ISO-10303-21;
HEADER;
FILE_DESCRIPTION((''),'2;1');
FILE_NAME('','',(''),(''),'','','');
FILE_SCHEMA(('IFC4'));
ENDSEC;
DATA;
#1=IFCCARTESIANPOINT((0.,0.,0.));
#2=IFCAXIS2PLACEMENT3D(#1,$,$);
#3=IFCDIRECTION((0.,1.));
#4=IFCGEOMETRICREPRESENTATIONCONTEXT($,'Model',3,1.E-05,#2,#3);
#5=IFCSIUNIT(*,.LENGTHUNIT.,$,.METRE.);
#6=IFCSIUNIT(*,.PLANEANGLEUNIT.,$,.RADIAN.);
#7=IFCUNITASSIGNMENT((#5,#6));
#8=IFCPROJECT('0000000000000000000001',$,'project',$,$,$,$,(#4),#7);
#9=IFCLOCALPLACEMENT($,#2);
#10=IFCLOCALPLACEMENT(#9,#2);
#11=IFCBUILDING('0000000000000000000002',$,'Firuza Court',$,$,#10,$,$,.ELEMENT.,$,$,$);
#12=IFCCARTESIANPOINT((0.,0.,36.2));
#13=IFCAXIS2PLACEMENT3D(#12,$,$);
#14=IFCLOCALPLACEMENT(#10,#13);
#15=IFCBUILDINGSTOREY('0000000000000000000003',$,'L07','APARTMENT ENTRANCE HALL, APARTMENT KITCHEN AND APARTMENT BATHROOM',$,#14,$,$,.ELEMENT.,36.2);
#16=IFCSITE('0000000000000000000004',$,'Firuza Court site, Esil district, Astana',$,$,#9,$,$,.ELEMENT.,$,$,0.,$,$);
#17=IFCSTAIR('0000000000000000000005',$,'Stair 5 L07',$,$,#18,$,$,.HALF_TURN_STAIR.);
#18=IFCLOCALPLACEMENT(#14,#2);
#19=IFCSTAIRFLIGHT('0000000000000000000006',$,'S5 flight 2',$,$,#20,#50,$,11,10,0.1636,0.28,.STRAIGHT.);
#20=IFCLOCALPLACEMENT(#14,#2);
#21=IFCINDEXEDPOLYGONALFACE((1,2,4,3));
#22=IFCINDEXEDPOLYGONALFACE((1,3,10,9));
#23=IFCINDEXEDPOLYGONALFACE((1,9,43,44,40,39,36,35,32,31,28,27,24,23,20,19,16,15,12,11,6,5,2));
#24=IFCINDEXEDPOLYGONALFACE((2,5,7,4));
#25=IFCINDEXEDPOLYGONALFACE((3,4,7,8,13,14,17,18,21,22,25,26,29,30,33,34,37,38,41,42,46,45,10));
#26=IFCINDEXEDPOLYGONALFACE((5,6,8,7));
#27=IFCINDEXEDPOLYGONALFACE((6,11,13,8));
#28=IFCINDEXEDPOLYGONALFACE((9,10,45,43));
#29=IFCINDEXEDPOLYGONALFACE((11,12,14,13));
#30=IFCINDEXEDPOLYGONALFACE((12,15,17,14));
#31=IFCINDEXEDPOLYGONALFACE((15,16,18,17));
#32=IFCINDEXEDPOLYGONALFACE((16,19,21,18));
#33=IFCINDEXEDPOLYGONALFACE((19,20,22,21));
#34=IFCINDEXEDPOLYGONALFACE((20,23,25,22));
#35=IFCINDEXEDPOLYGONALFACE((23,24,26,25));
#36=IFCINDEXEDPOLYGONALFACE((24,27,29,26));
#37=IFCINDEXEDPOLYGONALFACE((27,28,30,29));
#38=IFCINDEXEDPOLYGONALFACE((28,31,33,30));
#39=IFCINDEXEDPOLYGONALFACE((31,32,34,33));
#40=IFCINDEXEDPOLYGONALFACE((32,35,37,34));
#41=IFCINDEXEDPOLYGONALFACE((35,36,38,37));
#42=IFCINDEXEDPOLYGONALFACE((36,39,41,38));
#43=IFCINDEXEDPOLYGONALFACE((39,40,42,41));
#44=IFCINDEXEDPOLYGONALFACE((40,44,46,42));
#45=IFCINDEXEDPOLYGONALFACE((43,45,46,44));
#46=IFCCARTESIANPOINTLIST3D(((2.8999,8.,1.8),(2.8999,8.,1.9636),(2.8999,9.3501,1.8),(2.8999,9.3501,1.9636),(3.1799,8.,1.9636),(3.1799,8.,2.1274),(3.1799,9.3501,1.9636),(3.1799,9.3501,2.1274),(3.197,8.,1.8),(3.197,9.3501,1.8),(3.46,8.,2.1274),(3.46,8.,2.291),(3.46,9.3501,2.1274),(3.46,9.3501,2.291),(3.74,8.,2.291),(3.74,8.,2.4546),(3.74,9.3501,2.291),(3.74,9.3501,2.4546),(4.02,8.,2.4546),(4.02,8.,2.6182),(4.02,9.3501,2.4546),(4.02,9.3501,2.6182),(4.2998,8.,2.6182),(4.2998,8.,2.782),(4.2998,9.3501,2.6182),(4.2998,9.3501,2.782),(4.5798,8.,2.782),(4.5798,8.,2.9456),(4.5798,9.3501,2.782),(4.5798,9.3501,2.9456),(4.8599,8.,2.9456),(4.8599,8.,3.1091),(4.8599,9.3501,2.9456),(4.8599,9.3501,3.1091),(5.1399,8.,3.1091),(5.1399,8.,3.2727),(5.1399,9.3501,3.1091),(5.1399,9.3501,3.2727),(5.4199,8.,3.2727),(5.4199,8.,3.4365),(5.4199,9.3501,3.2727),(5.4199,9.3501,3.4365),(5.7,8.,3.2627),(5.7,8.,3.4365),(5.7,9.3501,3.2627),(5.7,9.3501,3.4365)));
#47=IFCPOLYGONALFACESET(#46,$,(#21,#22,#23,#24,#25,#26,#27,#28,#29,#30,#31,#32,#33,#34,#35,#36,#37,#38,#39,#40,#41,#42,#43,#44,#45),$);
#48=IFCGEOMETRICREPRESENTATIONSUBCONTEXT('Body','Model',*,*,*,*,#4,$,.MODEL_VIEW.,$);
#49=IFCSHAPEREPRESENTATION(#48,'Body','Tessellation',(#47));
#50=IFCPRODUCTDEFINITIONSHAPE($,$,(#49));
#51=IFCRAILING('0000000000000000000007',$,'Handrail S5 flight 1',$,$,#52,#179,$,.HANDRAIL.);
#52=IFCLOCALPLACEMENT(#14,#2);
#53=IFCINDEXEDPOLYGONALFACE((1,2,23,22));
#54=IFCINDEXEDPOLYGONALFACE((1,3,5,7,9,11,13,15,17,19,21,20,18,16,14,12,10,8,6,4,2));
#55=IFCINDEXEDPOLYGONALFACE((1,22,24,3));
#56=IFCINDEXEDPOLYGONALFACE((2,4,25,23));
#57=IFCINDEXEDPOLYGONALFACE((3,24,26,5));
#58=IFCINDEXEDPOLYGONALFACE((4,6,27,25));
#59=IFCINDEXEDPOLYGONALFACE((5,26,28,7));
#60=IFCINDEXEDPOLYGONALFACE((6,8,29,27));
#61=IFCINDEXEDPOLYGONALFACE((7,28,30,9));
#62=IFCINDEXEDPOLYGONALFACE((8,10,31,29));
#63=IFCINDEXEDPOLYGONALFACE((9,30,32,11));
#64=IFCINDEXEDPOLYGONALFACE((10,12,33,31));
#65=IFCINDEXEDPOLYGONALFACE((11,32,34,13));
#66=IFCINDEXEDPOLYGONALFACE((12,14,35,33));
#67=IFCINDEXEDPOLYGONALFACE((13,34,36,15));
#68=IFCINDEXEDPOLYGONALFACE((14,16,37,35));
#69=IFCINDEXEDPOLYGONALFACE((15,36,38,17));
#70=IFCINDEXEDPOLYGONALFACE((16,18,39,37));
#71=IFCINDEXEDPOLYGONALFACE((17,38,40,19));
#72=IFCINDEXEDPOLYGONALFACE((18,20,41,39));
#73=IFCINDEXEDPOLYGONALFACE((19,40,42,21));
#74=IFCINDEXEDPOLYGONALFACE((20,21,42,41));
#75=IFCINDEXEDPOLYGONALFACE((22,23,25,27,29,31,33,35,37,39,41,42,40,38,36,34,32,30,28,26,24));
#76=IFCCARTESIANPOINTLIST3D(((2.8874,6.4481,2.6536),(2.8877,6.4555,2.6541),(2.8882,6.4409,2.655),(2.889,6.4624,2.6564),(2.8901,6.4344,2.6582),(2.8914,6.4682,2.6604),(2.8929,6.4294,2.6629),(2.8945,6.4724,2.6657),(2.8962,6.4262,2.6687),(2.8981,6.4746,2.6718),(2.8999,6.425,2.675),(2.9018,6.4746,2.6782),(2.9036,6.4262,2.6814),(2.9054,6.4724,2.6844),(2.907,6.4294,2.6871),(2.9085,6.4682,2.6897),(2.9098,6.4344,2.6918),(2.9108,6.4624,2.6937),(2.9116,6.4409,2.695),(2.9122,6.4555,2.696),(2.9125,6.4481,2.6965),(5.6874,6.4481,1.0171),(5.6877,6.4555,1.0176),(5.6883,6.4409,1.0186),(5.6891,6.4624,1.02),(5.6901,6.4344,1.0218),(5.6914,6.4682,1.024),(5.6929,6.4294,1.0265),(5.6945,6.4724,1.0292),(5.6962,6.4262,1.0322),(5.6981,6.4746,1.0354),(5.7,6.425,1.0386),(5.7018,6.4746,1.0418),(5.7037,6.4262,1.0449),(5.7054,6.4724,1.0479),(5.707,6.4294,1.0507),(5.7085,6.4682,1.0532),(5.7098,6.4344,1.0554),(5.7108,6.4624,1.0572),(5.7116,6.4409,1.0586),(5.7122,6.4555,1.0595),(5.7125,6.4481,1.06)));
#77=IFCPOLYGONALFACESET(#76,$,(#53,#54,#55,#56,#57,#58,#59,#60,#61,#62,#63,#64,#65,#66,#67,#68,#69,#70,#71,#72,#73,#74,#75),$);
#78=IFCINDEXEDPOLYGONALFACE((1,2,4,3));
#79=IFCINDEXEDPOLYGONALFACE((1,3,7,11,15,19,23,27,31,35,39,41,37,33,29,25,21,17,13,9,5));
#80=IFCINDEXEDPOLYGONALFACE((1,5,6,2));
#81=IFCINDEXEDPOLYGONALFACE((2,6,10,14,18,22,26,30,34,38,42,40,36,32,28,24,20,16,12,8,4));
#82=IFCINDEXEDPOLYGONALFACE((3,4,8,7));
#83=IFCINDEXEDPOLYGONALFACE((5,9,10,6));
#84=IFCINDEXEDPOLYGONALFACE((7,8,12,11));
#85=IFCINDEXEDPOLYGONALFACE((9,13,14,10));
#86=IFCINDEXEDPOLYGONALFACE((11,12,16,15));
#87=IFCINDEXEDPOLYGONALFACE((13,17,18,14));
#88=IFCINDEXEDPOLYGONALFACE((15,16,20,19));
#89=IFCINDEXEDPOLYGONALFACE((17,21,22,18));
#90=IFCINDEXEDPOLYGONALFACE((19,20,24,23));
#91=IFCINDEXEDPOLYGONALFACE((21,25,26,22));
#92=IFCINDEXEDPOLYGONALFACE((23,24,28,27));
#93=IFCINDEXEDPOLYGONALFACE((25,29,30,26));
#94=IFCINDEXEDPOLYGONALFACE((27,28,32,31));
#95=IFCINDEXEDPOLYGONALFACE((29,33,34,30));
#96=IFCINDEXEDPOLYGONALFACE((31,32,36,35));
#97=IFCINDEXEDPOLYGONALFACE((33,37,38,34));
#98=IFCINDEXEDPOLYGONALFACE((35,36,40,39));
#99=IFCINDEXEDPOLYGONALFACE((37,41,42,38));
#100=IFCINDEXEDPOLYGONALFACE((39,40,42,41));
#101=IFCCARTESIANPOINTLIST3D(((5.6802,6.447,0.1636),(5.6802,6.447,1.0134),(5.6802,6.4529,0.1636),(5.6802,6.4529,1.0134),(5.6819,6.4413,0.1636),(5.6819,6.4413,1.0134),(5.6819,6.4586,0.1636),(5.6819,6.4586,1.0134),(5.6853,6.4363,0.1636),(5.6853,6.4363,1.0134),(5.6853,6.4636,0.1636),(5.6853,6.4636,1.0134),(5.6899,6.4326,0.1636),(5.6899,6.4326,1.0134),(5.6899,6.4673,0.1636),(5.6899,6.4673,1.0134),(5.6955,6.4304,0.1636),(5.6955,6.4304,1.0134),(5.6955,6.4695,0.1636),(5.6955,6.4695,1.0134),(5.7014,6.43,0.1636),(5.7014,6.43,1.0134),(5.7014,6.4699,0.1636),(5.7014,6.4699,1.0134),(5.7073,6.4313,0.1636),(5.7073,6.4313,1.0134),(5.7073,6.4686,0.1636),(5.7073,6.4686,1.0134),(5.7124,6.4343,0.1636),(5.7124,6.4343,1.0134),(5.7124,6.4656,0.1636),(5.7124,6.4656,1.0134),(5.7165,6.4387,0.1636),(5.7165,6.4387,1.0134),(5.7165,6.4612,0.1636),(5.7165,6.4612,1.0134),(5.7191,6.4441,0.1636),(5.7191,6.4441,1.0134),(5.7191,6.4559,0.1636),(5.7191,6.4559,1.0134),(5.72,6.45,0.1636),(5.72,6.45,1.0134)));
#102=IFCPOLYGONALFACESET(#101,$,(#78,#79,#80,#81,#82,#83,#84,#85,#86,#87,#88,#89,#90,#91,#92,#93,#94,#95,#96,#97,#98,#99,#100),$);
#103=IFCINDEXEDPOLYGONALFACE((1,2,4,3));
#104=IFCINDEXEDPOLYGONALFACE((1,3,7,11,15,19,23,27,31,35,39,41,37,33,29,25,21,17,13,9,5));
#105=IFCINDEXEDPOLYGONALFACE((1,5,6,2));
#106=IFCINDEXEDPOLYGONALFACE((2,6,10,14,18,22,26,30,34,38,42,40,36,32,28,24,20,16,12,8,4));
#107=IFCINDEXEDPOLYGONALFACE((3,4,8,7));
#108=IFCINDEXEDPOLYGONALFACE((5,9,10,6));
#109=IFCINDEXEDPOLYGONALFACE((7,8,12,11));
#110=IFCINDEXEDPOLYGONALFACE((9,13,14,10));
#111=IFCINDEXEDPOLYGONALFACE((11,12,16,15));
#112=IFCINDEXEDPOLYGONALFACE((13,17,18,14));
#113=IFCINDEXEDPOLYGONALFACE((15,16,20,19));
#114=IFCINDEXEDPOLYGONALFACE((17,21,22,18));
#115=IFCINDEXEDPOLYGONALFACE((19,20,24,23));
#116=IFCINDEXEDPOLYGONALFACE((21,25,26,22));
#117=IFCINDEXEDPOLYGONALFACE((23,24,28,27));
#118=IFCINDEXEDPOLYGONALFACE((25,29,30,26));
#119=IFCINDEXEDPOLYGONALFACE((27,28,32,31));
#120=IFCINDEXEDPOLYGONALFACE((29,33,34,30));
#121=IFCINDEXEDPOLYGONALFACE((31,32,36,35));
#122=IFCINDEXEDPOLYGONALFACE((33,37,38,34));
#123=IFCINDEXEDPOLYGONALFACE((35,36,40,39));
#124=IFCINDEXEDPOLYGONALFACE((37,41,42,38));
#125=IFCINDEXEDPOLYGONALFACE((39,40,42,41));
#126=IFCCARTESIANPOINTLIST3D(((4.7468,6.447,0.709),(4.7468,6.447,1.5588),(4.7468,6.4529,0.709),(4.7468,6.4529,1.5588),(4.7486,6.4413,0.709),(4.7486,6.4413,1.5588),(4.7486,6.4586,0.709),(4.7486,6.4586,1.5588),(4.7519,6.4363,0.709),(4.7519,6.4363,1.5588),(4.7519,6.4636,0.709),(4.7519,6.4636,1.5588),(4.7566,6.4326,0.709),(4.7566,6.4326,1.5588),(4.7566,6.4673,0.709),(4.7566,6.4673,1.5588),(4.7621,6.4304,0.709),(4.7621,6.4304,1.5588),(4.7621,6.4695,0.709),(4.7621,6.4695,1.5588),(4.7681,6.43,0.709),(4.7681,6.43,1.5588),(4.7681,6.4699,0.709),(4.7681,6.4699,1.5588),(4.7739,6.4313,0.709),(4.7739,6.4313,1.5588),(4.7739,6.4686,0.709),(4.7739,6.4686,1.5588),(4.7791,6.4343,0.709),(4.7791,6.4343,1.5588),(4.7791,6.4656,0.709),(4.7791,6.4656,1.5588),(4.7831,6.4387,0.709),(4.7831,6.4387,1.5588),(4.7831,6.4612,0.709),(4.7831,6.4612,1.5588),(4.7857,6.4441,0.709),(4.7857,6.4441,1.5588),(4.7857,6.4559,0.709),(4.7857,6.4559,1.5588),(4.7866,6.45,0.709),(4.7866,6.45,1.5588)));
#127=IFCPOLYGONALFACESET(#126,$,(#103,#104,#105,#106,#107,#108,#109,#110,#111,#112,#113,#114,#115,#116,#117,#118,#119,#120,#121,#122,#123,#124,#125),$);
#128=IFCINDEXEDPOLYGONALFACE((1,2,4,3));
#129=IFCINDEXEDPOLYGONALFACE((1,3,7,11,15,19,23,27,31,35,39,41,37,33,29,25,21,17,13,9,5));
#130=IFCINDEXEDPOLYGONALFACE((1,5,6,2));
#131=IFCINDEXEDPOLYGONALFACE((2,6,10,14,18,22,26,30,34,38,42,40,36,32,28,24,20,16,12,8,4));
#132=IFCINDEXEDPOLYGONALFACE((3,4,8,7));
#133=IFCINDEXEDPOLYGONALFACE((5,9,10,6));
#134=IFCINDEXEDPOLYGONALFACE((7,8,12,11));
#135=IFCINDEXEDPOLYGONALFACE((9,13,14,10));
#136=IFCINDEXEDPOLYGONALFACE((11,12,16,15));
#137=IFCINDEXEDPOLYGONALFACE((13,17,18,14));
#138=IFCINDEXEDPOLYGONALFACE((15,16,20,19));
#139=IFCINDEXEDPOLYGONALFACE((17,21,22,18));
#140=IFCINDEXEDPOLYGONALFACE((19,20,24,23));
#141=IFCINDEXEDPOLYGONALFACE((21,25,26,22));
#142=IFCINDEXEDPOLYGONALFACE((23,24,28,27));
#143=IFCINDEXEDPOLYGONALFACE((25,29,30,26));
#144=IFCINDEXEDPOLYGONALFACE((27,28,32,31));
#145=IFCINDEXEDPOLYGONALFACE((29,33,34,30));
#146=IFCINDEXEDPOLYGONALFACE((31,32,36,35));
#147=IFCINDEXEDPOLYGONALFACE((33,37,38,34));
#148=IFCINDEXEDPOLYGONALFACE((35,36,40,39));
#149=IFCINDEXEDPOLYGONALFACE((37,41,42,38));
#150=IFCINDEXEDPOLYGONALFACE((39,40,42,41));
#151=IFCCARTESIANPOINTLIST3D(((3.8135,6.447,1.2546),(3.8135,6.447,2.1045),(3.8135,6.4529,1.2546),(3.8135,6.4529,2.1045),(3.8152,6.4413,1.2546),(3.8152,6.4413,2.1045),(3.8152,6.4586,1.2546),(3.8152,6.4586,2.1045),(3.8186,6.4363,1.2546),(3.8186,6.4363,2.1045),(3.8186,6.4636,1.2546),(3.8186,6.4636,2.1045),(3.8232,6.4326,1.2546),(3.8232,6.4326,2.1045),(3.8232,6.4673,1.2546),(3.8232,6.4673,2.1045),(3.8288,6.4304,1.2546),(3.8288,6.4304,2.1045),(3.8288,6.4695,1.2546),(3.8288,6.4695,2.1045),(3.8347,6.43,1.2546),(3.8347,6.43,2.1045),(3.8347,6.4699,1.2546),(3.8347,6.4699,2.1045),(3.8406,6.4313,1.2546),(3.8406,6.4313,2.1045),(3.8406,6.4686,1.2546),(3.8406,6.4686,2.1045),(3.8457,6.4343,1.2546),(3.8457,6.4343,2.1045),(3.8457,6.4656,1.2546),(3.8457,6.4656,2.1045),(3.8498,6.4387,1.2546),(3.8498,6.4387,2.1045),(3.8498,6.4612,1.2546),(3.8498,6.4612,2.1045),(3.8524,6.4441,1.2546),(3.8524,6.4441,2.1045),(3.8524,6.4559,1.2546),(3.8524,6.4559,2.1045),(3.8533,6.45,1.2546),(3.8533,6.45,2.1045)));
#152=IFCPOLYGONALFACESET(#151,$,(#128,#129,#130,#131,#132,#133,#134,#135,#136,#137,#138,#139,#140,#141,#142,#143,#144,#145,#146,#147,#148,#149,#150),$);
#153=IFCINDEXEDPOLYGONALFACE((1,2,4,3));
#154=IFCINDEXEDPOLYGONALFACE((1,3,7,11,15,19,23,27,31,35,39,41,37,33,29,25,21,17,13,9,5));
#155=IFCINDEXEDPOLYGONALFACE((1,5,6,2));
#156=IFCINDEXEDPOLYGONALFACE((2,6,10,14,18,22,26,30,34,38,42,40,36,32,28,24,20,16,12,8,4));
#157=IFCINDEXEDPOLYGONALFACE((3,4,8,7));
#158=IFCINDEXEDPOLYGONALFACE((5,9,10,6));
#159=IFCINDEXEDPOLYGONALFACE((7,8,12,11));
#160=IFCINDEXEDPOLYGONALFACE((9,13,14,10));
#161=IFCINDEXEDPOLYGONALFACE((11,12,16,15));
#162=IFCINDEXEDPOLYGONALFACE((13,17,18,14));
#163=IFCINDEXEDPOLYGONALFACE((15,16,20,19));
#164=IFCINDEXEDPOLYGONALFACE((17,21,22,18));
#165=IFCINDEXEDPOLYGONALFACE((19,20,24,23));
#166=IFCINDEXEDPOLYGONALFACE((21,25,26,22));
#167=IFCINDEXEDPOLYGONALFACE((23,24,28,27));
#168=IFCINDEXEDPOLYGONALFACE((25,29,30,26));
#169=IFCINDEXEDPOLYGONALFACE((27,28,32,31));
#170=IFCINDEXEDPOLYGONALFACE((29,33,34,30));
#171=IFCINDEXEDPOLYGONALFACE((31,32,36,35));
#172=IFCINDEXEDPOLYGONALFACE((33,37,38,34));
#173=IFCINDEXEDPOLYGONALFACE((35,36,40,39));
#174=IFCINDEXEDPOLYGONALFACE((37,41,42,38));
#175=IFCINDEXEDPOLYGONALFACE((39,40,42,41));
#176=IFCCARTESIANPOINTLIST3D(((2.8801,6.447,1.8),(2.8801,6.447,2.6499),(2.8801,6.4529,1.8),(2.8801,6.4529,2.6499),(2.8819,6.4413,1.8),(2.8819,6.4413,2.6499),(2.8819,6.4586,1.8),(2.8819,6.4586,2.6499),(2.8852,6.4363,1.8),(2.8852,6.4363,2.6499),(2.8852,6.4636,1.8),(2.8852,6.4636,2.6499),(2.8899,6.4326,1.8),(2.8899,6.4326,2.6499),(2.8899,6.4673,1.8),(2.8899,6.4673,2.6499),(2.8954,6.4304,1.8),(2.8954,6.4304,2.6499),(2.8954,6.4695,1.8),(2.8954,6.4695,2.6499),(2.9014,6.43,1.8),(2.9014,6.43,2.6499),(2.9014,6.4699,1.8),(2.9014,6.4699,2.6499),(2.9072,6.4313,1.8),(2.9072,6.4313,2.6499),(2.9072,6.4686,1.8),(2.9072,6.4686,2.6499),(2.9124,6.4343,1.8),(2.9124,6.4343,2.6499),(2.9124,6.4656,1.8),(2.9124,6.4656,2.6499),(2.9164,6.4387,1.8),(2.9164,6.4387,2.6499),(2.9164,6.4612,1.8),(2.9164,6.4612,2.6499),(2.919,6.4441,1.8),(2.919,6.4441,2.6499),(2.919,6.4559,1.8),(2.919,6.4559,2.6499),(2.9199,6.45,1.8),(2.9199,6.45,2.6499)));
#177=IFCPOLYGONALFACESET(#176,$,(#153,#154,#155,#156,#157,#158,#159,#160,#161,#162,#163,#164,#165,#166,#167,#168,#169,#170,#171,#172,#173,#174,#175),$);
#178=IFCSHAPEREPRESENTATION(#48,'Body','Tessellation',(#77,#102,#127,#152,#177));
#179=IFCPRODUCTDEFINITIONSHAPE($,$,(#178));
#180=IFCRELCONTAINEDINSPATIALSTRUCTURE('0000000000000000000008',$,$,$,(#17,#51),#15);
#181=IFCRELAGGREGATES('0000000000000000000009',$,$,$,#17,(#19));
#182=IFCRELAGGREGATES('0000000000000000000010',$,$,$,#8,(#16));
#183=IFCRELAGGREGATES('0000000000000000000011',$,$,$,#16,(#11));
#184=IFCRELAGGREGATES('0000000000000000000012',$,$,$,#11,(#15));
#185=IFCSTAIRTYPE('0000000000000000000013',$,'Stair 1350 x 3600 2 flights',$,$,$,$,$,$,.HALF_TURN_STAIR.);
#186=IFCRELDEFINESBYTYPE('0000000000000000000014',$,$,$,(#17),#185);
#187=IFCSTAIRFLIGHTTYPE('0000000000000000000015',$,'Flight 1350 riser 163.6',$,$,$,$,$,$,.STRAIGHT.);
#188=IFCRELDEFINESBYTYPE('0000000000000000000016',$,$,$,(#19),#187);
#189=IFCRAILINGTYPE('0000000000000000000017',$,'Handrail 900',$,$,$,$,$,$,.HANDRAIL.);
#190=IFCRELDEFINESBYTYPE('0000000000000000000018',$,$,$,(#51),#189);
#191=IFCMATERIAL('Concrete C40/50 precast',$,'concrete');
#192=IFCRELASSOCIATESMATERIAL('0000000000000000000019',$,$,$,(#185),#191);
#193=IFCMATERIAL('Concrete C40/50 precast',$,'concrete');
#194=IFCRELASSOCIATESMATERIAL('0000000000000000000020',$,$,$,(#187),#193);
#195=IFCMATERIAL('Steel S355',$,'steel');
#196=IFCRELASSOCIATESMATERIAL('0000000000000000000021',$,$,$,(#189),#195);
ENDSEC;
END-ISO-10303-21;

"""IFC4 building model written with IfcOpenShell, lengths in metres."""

from ifc_helpers import new_model, si_unit, direction, frame, origin, origin_2d, place, context, subcontext, project, spatial, polyline, circle, outline, extrude, material, type_object, element, aggregate, save


model = new_model("IFC4")

# Units and contexts
model_context = context("Model", 3, precision=1e-05, world=origin(), true_north=direction((0.0, 1.0)))
body_context = subcontext(model_context, "Body", "Model", "MODEL_VIEW")
ifc_project = project(units=[si_unit("LENGTHUNIT", "METRE"), si_unit("PLANEANGLEUNIT", "RADIAN")], contexts=[model_context])

# Site, building, storey
site_placement = place(None, origin())
site = spatial("IfcSite", under=ifc_project, at=site_placement, Name="Firuza Court site, Esil district, Astana", CompositionType="ELEMENT", RefElevation=0.0)
building_placement = place(site_placement, origin())
building = spatial("IfcBuilding", under=site, at=building_placement, Name="Firuza Court", CompositionType="ELEMENT")
storey_placement = place(building_placement, frame((0.0, 0.0, 36.2)))
storey = spatial("IfcBuildingStorey", under=building, at=storey_placement, Name="L07", Description="APARTMENT ENTRANCE HALL, APARTMENT KITCHEN AND APARTMENT BATHROOM", CompositionType="ELEMENT", Elevation=36.2)

# Stair, stair flight
ifc_material_1 = material(Name="Concrete C40/50 precast", Category="concrete")
stair_type = type_object("IfcStairType", Name="Stair 1350 x 3600 2 flights", PredefinedType="HALF_TURN_STAIR", material=ifc_material_1)
stair_placement = place(storey_placement, origin())
stair = element("IfcStair", 1, at=stair_placement, inside=storey, type_object=stair_type, Name="Stair 5 L07", PredefinedType="HALF_TURN_STAIR")
ifc_material_2 = material(Name="Concrete C40/50 precast", Category="concrete")
stair_flight_type = type_object("IfcStairFlightType", Name="Flight 1350 riser 163.6", PredefinedType="STRAIGHT", material=ifc_material_2)
stair_flight_1_placement = place(storey_placement, frame((2.8999, 8.675, 1.8), z_axis=(0.0, 0.0, 1.0), x_axis=(1.0, 0.0, 0.0)))
stair_flight_1 = element("IfcStairFlight", 2, at=stair_flight_1_placement, type_object=stair_flight_type, Name="S5 flight 2", NumberOfRisers=11, NumberOfTreads=10, PredefinedType="STRAIGHT", RiserHeight=0.1636, TreadLength=0.28, context=body_context, shape_type="SweptSolid", body=[
    extrude(outline(polyline([(0.0, 0.0), (0.0, 0.1636), (0.28, 0.1636), (0.28, 0.3274), (0.5601, 0.3274), (0.5601, 0.491), (0.8401, 0.491), (0.8401, 0.6545), (1.1201, 0.6545), (1.1201, 0.8181), (1.3999, 0.8181), (1.3999, 0.9819), (1.6799, 0.9819), (1.6799, 1.1455), (1.96, 1.1455), (1.96, 1.3091), (2.24, 1.3091), (2.24, 1.4727), (2.52, 1.4727), (2.52, 1.6365), (2.8, 1.6365), (2.8, 1.8), (2.8, 1.4626), (0.2971, 0.0), (0.0, 0.0)])), frame((0.0, 0.675, 0.0), z_axis=(0.0, -1.0, 0.0), x_axis=(1.0, 0.0, 0.0)), (0.0, 0.0, 1.0), 1.3501),
])
aggregate(stair, [stair_flight_1])

# Railing
ifc_material_3 = material(Name="Steel S355", Category="steel")
railing_type_1 = type_object("IfcRailingType", Name="Handrail 900", PredefinedType="HANDRAIL", material=ifc_material_3)
railing_1_placement = place(storey_placement, frame((5.7, 6.45, 0.1636)))
element("IfcRailing", 3, at=railing_1_placement, inside=storey, type_object=railing_type_1, Name="Handrail S5 flight 1", PredefinedType="HANDRAIL", context=body_context, shape_type="SweptSolid", body=[
    extrude(circle(Radius=0.0249, at=origin_2d()), frame((0.0, 0.0, 0.875), z_axis=(-0.863361, 0.0, 0.504587), x_axis=(0.0, -1.0, 0.0)), (0.0, 0.0, 1.0), 3.2432),
    extrude(circle(Radius=0.02, at=origin_2d()), origin(), (0.0, 0.0, 1.0), 0.8499),
    extrude(circle(Radius=0.02, at=origin_2d()), frame((-0.9333, 0.0, 0.5454)), (0.0, 0.0, 1.0), 0.8499),
    extrude(circle(Radius=0.02, at=origin_2d()), frame((-1.8667, 0.0, 1.0911)), (0.0, 0.0, 1.0), 0.8499),
    extrude(circle(Radius=0.02, at=origin_2d()), frame((-2.8, 0.0, 1.6365)), (0.0, 0.0, 1.0), 0.8499),
])

save(model, "model.ifc")
